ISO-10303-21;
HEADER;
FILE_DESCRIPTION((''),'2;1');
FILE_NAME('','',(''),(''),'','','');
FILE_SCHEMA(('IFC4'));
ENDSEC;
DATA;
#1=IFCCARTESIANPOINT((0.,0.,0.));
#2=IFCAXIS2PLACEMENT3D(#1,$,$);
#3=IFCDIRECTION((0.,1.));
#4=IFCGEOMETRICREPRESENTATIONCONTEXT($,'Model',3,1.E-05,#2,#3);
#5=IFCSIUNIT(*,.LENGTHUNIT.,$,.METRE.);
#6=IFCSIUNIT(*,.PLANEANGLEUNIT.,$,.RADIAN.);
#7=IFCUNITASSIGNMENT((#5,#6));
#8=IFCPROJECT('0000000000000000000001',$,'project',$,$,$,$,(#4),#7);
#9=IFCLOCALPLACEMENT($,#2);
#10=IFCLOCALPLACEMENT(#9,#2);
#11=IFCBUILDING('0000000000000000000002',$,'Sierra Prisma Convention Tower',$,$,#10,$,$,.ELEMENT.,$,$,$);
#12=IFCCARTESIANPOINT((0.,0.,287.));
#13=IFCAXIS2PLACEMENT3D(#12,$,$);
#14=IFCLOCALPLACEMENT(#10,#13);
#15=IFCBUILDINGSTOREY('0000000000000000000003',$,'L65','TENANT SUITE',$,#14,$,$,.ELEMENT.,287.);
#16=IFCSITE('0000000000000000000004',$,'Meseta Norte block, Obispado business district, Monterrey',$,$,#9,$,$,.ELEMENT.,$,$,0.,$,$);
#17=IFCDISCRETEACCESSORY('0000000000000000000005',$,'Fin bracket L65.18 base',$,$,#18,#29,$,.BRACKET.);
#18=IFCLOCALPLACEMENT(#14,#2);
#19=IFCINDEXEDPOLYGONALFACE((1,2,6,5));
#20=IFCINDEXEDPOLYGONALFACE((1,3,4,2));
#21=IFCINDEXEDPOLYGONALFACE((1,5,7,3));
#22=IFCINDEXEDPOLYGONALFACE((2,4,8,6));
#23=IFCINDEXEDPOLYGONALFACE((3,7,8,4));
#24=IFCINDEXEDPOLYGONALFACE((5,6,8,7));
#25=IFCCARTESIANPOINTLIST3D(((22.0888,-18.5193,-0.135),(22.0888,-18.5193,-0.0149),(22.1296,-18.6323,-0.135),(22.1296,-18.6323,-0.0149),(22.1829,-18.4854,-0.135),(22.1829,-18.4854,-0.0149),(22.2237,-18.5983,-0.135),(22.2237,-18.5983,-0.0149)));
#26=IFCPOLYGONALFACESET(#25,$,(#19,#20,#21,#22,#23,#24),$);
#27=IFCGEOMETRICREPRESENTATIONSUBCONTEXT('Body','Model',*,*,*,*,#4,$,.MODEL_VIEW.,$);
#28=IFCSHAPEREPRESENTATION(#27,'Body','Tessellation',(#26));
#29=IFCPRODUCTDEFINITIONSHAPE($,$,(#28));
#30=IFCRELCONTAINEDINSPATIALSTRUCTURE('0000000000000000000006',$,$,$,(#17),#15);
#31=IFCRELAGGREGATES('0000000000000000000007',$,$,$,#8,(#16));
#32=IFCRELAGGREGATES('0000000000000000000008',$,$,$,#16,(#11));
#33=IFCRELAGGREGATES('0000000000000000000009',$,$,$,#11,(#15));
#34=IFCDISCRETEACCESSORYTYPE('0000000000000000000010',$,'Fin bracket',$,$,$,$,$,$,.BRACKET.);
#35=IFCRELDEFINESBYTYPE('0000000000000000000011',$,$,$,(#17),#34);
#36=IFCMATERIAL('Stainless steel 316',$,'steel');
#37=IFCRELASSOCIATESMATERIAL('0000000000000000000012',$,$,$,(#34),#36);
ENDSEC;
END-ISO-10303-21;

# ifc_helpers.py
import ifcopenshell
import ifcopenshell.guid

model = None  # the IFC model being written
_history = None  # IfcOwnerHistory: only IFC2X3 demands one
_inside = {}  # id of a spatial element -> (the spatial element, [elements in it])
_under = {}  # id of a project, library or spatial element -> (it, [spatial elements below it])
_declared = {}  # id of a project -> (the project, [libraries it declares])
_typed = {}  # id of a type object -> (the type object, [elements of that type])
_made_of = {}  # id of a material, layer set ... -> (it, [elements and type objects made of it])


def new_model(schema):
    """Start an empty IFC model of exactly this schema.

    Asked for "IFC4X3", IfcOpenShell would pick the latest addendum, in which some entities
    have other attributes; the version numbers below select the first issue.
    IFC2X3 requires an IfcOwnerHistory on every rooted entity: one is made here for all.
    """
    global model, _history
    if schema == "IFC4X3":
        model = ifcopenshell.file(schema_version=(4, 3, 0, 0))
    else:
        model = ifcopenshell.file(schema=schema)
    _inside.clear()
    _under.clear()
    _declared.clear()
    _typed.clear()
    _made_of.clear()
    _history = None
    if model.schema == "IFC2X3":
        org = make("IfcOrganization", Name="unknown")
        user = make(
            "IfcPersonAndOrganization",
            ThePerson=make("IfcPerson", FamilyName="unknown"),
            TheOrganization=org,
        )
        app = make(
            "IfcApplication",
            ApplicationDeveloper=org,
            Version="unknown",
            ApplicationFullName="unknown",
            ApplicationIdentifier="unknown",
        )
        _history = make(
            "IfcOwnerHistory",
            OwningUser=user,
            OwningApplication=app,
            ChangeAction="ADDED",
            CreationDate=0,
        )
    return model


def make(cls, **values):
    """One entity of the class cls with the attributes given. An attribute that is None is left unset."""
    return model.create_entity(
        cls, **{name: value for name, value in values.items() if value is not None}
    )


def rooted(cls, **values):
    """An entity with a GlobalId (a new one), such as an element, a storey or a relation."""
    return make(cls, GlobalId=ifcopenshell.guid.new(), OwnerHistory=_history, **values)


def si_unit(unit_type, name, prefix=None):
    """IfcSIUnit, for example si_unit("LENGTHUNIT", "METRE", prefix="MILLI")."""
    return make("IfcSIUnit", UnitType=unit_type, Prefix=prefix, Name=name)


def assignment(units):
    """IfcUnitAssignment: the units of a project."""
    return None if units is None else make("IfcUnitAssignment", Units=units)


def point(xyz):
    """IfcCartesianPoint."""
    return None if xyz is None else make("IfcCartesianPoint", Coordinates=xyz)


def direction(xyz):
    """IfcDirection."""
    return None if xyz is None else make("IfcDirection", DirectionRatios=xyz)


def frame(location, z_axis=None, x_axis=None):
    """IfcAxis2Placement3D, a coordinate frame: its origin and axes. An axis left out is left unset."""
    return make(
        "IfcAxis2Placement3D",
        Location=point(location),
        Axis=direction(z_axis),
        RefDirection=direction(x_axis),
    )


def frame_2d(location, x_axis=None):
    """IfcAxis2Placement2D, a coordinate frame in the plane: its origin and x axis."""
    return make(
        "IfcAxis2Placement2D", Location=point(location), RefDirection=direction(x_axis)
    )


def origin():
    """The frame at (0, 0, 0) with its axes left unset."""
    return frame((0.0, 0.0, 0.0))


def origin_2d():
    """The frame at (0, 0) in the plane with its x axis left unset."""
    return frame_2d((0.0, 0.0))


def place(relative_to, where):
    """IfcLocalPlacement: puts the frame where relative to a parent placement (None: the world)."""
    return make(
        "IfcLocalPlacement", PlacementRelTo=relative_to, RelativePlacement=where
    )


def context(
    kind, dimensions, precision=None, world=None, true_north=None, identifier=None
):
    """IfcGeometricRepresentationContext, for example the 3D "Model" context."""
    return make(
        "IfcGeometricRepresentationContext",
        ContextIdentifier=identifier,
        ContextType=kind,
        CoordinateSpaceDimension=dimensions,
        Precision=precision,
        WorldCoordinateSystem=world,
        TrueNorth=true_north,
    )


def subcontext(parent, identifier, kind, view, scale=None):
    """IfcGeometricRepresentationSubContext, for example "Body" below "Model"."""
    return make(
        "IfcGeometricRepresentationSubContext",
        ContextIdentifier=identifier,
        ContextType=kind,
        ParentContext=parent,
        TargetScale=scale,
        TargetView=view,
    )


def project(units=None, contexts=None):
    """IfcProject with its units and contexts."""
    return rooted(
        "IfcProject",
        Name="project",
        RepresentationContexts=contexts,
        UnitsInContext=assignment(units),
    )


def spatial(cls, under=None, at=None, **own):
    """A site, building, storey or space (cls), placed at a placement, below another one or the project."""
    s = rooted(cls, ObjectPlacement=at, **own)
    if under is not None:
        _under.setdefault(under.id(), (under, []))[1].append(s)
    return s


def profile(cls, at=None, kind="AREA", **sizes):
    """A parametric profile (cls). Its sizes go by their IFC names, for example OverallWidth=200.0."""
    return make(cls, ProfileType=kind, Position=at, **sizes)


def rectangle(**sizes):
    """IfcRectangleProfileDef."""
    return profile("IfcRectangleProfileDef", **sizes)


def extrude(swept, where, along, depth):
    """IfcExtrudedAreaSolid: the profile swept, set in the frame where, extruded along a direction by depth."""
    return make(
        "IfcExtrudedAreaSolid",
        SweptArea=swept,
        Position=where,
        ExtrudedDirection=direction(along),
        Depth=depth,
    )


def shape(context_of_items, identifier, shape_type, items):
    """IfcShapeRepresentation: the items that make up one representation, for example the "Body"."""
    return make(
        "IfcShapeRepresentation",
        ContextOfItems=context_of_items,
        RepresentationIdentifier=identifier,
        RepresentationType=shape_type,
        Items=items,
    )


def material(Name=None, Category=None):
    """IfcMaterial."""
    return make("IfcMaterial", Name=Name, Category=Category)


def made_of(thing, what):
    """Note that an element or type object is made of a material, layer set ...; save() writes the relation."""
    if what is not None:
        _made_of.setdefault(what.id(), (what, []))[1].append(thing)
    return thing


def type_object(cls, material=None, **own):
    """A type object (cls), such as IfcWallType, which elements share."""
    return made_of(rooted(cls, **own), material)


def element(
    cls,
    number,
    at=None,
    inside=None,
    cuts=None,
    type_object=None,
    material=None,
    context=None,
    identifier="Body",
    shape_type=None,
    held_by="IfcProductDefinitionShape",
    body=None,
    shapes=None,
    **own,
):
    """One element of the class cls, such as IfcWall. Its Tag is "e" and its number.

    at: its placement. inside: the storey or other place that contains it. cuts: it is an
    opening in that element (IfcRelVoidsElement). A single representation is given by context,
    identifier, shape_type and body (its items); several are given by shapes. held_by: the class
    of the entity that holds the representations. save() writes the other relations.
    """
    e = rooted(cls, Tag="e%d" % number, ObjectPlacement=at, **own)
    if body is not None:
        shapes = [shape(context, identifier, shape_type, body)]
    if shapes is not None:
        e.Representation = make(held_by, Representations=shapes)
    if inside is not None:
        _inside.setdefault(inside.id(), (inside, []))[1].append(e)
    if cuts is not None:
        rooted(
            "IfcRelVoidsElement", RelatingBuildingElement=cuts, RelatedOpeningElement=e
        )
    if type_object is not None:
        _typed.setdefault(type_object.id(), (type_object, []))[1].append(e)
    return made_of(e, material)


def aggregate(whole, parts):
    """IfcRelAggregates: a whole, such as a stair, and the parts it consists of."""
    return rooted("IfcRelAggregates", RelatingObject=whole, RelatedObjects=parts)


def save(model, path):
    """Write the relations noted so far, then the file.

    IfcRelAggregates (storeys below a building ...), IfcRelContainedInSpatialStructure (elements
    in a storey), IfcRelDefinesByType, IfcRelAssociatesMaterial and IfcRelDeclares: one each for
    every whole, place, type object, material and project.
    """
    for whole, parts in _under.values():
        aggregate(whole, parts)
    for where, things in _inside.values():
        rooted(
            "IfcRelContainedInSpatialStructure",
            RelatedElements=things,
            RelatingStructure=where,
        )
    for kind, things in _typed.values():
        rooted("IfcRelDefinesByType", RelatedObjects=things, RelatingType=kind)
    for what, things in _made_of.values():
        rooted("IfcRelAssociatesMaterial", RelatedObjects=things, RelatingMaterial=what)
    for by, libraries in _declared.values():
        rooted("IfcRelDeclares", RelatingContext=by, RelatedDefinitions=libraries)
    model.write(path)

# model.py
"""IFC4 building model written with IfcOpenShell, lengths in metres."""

from ifc_helpers import new_model, si_unit, direction, frame, origin, origin_2d, place, context, subcontext, project, spatial, rectangle, extrude, material, type_object, element, save


model = new_model("IFC4")

# Units and contexts
model_context = context("Model", 3, precision=1e-05, world=origin(), true_north=direction((0.0, 1.0)))
body_context = subcontext(model_context, "Body", "Model", "MODEL_VIEW")
ifc_project = project(units=[si_unit("LENGTHUNIT", "METRE"), si_unit("PLANEANGLEUNIT", "RADIAN")], contexts=[model_context])

# Site, building, storey
site_placement = place(None, origin())
site = spatial("IfcSite", under=ifc_project, at=site_placement, Name="Meseta Norte block, Obispado business district, Monterrey", CompositionType="ELEMENT", RefElevation=0.0)
building_placement = place(site_placement, origin())
building = spatial("IfcBuilding", under=site, at=building_placement, Name="Sierra Prisma Convention Tower", CompositionType="ELEMENT")
storey_placement = place(building_placement, frame((0.0, 0.0, 287.0)))
storey = spatial("IfcBuildingStorey", under=building, at=storey_placement, Name="L65", Description="TENANT SUITE", CompositionType="ELEMENT", Elevation=287.0)

# Discrete accessory
ifc_material_1 = material(Name="Stainless steel 316", Category="steel")
discrete_accessory_type = type_object("IfcDiscreteAccessoryType", Name="Fin bracket", PredefinedType="BRACKET", material=ifc_material_1)
for number, where, z_axis, x_axis, name in (
    (1, (22.1562, -18.5588, -0.135), (0.0, 0.0, 1.0), (0.339603, -0.940569, 0.0), "Fin bracket L65.18 base"),
):
    element("IfcDiscreteAccessory", number, at=place(storey_placement, frame(where, z_axis=z_axis, x_axis=x_axis)), inside=storey, type_object=discrete_accessory_type, Name=name, PredefinedType="BRACKET", context=body_context, shape_type="SweptSolid", body=[
        extrude(rectangle(XDim=0.1201, YDim=0.1001, at=origin_2d()), origin(), (0.0, 0.0, 1.0), 0.1201),
    ])

save(model, "model.ifc")
